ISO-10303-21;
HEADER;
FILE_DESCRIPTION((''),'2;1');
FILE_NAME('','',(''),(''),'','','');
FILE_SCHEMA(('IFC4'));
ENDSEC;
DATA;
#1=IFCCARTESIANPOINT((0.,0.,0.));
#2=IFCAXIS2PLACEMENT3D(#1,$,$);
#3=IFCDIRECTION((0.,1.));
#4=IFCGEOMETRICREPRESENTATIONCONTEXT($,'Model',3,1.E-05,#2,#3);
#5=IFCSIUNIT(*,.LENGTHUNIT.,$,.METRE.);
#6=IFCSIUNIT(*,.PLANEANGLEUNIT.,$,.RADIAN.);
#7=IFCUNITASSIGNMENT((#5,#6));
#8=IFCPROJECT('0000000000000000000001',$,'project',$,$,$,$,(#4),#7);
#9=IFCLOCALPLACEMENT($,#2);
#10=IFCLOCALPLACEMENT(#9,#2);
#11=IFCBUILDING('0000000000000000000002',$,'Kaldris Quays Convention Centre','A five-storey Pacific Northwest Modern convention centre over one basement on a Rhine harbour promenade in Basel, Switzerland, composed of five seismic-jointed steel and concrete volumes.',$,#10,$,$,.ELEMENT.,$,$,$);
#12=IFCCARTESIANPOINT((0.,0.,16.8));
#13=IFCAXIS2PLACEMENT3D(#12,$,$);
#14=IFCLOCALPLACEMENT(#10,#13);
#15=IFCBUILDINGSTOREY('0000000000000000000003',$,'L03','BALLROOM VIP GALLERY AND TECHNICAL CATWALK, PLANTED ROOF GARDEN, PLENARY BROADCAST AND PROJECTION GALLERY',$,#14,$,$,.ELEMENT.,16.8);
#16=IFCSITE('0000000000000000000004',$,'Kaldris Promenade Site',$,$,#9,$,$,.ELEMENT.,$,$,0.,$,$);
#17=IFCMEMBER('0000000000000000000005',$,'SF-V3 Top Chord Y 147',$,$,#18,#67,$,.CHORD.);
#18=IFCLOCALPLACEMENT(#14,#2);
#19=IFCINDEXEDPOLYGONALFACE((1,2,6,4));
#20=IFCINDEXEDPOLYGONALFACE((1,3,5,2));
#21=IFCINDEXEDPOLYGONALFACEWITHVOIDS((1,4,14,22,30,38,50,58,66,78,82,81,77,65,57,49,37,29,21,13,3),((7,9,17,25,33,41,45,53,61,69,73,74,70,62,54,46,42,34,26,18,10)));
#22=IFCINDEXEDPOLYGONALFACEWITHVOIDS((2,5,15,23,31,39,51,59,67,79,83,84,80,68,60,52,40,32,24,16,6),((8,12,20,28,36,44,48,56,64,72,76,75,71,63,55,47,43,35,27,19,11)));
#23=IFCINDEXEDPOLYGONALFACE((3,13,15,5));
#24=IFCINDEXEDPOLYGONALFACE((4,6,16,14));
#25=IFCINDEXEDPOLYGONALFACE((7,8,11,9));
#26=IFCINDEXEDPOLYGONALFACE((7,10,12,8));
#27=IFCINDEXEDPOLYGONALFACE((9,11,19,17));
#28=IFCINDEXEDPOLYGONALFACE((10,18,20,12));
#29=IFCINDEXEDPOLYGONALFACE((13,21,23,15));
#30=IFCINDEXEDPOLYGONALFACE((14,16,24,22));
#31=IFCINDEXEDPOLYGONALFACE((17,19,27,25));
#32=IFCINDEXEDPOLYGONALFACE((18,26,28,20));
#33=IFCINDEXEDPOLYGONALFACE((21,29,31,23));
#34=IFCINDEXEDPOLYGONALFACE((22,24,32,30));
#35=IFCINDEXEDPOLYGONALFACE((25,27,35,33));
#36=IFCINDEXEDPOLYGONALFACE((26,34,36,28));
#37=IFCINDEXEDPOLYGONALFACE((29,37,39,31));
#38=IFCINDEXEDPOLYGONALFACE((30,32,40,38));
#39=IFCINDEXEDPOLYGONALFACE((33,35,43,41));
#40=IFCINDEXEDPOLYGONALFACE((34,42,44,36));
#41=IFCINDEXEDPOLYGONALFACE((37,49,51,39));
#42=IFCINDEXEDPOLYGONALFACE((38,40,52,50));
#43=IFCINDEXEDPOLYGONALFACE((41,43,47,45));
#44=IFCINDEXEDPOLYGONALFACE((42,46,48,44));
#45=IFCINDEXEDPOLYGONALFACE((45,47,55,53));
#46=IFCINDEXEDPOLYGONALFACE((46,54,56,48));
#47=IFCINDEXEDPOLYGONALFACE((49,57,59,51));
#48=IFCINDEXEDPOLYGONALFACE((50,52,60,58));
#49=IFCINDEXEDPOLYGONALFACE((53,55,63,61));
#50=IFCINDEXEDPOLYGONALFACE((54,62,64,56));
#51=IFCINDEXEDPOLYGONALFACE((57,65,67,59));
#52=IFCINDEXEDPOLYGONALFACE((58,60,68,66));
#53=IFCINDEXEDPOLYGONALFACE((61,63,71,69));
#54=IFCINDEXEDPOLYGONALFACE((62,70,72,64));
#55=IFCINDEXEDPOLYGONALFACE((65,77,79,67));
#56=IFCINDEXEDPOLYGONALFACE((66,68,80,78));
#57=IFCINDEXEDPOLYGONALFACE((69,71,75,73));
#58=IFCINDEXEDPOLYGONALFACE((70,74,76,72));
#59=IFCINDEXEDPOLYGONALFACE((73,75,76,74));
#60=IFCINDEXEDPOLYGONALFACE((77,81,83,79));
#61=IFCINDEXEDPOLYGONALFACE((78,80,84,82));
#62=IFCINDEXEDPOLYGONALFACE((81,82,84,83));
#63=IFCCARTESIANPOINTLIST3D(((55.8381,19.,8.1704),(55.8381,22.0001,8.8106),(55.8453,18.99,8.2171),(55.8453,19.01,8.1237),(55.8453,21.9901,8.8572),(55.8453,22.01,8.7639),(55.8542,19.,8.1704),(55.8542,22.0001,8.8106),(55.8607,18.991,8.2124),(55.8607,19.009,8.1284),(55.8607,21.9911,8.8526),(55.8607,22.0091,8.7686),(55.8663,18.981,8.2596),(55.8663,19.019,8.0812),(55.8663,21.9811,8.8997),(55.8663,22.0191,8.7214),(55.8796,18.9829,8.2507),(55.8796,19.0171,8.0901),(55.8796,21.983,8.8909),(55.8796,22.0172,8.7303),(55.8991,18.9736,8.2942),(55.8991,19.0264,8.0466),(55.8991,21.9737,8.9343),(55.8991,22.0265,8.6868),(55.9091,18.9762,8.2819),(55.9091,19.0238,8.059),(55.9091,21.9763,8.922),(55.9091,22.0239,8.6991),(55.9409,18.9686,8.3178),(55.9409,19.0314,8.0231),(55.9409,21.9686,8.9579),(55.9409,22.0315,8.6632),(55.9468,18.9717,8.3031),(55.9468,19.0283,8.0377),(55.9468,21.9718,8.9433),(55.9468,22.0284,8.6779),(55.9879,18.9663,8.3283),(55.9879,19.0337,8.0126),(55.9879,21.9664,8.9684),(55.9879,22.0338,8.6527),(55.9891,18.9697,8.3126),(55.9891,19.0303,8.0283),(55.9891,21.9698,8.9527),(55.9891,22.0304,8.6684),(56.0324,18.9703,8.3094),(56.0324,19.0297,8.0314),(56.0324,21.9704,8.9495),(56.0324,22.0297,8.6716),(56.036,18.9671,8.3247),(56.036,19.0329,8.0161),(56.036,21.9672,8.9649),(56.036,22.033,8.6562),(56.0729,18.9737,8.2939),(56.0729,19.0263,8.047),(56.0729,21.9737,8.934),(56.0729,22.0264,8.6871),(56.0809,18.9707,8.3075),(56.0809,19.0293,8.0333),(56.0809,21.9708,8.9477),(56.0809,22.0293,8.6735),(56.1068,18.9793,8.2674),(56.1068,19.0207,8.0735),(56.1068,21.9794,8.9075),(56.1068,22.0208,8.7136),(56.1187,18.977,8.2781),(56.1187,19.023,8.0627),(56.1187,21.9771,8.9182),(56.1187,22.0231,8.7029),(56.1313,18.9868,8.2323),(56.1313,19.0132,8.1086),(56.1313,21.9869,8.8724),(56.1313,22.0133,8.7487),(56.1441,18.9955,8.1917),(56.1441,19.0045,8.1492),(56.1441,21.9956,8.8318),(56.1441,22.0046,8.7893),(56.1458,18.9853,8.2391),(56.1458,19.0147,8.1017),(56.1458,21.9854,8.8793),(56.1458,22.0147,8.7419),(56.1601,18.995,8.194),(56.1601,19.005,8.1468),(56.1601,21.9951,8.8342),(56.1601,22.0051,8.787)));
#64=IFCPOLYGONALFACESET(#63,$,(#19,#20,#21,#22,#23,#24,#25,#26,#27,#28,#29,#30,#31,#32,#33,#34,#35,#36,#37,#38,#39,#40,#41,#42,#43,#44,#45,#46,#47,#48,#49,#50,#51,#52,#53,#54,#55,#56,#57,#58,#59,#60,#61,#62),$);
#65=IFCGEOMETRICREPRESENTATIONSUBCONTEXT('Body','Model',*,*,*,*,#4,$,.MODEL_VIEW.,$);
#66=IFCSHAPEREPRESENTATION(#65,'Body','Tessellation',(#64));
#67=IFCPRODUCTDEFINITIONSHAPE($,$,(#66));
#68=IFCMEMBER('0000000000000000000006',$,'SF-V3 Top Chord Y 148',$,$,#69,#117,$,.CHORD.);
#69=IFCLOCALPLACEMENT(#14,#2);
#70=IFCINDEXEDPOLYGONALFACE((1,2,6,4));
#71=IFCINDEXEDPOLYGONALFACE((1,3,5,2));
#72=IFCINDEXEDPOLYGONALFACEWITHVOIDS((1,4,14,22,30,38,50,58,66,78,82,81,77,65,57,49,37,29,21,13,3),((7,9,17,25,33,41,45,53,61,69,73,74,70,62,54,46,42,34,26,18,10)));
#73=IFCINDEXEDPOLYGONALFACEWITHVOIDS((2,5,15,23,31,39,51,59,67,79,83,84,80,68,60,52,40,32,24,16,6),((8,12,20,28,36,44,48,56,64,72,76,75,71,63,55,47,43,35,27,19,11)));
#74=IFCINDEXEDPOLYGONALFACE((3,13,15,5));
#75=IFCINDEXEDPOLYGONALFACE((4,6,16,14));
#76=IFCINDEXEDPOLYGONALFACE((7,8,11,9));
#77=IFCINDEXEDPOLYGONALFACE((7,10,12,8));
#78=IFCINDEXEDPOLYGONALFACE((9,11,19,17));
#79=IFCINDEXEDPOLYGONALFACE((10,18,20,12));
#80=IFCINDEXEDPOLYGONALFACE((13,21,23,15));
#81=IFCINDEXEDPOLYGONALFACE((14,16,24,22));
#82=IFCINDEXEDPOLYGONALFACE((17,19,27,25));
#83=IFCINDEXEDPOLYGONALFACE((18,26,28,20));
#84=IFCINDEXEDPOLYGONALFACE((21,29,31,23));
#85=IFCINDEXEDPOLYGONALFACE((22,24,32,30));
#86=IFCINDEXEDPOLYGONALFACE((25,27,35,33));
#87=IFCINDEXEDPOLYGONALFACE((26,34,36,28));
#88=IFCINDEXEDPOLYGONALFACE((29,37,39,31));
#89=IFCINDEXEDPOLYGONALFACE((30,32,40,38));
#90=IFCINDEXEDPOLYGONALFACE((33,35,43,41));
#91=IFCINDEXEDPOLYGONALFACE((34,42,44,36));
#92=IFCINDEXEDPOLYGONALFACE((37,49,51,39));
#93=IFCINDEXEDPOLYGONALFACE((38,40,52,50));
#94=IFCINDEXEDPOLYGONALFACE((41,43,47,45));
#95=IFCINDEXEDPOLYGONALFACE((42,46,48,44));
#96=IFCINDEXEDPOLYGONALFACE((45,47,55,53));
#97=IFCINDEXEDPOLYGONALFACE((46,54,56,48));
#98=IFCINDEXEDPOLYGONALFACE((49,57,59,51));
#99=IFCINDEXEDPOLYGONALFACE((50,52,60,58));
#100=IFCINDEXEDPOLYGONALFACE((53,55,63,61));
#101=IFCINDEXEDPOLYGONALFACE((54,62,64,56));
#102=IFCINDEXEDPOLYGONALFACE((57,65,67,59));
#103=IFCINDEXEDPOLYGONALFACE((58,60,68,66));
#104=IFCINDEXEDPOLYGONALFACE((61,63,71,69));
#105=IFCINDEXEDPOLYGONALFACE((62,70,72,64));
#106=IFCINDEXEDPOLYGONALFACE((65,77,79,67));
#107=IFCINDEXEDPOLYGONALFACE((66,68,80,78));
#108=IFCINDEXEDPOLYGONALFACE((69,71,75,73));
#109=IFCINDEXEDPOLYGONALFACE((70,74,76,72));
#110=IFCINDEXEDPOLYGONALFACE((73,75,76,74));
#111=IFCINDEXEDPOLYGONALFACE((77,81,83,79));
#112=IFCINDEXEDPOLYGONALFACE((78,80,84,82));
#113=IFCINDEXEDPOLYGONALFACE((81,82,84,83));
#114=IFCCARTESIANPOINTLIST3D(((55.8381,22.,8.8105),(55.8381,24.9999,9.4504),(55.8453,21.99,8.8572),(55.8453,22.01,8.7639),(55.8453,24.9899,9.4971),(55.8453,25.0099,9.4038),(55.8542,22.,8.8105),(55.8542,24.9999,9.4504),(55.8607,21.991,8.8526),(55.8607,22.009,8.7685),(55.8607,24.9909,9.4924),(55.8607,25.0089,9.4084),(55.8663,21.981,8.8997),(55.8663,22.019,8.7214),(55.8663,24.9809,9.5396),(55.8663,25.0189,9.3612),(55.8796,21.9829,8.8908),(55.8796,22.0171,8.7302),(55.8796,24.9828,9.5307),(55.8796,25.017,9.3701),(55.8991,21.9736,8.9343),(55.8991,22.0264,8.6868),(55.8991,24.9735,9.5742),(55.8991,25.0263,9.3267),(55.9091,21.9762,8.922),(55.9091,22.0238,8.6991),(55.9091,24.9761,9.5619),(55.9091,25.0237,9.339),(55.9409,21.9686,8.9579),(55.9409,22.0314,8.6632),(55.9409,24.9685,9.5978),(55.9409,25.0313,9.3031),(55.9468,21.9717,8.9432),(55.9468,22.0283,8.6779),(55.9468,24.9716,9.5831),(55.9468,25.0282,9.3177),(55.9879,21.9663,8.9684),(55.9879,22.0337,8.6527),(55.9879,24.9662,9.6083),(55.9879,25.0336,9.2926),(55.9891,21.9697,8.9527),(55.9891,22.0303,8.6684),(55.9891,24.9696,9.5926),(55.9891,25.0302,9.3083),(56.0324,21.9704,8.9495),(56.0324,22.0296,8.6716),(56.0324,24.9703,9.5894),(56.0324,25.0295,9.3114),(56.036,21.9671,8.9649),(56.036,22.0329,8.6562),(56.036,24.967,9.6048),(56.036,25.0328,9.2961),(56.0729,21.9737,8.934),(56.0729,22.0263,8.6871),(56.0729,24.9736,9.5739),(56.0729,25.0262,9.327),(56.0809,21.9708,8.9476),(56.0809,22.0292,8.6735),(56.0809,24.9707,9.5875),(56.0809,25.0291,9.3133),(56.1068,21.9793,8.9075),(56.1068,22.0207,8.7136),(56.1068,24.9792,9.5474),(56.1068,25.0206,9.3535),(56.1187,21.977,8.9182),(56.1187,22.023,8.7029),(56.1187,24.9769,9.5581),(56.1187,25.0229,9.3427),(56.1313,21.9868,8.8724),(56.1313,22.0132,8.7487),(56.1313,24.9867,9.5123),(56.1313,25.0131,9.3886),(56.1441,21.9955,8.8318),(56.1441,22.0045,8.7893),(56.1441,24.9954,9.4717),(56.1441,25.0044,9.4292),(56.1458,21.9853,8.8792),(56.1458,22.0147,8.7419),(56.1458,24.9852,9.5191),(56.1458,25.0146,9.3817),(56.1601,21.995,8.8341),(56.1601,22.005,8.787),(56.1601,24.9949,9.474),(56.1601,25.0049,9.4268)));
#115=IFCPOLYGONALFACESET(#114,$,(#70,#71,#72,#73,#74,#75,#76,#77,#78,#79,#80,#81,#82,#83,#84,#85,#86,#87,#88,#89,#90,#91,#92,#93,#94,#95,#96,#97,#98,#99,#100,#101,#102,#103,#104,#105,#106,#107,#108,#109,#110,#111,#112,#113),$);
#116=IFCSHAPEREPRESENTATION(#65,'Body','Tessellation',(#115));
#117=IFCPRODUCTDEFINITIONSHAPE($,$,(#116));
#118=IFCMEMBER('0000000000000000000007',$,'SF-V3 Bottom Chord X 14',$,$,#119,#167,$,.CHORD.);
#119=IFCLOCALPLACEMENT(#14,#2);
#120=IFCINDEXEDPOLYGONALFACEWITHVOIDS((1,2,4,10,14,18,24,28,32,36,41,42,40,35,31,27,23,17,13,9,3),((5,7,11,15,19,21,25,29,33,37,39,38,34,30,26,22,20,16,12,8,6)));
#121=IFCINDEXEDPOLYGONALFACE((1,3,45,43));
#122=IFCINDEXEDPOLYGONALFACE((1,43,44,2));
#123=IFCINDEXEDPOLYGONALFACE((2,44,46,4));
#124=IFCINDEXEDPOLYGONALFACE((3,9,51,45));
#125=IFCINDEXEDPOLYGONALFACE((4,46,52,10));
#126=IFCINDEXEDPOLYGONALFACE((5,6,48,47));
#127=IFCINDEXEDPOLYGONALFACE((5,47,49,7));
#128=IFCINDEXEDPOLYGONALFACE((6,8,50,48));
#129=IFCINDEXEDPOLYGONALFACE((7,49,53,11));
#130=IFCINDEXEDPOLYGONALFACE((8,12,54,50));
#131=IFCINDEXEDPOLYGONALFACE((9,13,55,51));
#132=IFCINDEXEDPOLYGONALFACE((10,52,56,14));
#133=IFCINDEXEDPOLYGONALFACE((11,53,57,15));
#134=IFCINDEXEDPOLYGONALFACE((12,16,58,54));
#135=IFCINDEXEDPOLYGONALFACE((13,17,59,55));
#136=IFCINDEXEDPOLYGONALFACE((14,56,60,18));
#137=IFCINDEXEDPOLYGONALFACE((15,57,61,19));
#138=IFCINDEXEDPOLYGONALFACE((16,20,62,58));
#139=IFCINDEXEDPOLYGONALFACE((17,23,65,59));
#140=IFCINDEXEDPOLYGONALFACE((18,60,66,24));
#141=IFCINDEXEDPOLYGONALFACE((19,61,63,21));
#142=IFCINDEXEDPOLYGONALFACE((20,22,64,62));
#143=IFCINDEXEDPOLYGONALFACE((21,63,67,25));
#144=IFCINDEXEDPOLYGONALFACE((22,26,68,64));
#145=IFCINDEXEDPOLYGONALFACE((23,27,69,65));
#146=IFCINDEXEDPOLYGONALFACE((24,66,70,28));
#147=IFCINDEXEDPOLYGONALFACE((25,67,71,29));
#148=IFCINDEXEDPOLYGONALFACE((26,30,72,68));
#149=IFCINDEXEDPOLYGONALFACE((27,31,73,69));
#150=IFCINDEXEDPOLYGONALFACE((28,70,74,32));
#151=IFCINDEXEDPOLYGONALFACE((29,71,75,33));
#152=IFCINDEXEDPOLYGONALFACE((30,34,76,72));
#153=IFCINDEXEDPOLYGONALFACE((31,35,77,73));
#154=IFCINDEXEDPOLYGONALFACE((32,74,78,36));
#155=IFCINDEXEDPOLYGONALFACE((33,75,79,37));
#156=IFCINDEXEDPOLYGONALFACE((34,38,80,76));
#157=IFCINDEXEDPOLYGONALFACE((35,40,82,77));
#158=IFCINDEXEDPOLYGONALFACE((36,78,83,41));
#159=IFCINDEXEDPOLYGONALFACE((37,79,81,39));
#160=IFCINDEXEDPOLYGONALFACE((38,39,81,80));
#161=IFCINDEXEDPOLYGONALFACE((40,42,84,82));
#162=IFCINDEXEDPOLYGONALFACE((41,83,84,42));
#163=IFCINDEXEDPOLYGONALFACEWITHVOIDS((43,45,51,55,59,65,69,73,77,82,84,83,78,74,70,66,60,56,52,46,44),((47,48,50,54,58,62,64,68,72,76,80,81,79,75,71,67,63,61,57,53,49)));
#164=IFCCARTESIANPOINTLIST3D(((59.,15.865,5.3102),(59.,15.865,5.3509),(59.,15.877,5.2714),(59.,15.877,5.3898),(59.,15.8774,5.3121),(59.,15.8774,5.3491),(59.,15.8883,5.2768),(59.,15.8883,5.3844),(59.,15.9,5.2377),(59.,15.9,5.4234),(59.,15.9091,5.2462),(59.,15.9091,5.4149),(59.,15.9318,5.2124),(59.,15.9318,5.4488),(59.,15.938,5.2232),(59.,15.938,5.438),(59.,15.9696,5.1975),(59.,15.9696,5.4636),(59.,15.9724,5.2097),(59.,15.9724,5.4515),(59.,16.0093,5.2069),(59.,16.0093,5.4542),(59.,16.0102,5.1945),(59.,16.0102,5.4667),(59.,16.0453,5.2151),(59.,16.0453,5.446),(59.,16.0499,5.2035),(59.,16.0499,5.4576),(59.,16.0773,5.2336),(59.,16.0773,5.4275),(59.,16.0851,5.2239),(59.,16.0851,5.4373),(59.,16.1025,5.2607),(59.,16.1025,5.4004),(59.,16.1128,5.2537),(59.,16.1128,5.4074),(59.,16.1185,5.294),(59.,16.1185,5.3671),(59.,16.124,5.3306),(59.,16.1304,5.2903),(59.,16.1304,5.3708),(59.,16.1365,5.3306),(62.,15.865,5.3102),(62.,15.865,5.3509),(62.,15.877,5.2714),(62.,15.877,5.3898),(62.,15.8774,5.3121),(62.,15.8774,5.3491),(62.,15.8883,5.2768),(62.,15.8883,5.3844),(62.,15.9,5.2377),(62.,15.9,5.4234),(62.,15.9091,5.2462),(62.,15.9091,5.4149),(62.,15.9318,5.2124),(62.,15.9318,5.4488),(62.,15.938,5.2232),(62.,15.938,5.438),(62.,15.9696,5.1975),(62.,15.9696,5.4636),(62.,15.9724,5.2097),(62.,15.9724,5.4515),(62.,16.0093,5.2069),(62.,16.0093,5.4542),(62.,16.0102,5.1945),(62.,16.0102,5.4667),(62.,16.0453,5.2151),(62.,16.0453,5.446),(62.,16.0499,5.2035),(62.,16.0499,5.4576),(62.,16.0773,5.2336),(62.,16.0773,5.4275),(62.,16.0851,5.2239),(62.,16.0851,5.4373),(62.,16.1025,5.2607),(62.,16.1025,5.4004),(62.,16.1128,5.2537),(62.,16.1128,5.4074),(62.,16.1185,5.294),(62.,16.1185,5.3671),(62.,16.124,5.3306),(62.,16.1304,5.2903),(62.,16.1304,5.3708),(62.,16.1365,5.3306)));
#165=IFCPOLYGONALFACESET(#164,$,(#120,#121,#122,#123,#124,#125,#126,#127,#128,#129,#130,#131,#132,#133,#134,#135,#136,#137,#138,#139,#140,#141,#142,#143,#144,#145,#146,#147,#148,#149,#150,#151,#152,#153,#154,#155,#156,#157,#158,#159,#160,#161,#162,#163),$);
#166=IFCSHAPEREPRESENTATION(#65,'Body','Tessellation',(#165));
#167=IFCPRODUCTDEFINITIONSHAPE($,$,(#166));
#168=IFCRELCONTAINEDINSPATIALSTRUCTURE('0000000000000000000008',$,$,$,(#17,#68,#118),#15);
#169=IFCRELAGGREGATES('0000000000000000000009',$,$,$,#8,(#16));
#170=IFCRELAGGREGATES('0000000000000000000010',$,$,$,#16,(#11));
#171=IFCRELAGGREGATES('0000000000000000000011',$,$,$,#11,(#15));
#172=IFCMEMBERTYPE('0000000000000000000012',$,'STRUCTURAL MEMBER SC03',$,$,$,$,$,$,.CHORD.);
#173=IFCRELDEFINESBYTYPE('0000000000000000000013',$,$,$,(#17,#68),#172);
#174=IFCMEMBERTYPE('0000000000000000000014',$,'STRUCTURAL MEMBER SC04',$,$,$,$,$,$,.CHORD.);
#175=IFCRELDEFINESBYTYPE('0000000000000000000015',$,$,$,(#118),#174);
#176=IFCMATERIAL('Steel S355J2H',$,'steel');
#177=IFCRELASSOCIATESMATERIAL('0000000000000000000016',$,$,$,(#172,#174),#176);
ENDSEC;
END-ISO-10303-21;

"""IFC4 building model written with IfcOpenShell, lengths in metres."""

from ifc_helpers import new_model, si_unit, direction, frame, origin, origin_2d, place, context, subcontext, project, spatial, hollow_circle, extrude, material, material_profile, profile_set, type_object, element, save


model = new_model("IFC4")

# Units and contexts
model_context = context("Model", 3, precision=1e-05, world=origin(), true_north=direction((0.0, 1.0)))
body_context = subcontext(model_context, "Body", "Model", "MODEL_VIEW")
ifc_project = project(units=[si_unit("LENGTHUNIT", "METRE"), si_unit("PLANEANGLEUNIT", "RADIAN")], contexts=[model_context])

# Site, building, storey
site_placement = place(None, origin())
site = spatial("IfcSite", under=ifc_project, at=site_placement, Name="Kaldris Promenade Site", CompositionType="ELEMENT", RefElevation=0.0)
building_placement = place(site_placement, origin())
building = spatial("IfcBuilding", under=site, at=building_placement, Name="Kaldris Quays Convention Centre", Description="A five-storey Pacific Northwest Modern convention centre over one basement on a Rhine harbour promenade in Basel, Switzerland, composed of five seismic-jointed steel and concrete volumes.", CompositionType="ELEMENT")
storey_placement = place(building_placement, frame((0.0, 0.0, 16.8)))
storey = spatial("IfcBuildingStorey", under=building, at=storey_placement, Name="L03", Description="BALLROOM VIP GALLERY AND TECHNICAL CATWALK, PLANTED ROOF GARDEN, PLENARY BROADCAST AND PROJECTION GALLERY", CompositionType="ELEMENT", Elevation=16.8)

# Members
ifc_material_1 = material(Name="Steel S355J2H", Category="steel")
ifc_material_profile_1 = material_profile(ifc_material_1, hollow_circle(Radius=0.1619, WallThickness=0.0161, at=origin_2d()), Name="CHS 323.9x16")
ifc_profile_set_1 = profile_set([ifc_material_profile_1], Name="Steel S355J2H")
member_type_1 = type_object("IfcMemberType", Name="STRUCTURAL MEMBER SC03", PredefinedType="CHORD", material=ifc_profile_set_1)
member_1_placement = place(storey_placement, frame((56.0, 19.0, 8.1704), z_axis=(0.0, 0.977984, 0.208681), x_axis=(-1.0, 0.0, 0.0)))
element("IfcMember", 1, at=member_1_placement, inside=storey, type_object=member_type_1, Name="SF-V3 Top Chord Y 147", PredefinedType="CHORD", context=body_context, shape_type="SweptSolid", body=[
    extrude(hollow_circle(Radius=0.1619, WallThickness=0.0161, at=origin_2d()), origin(), (0.0, 0.0, 1.0), 3.0676),
])
member_2_placement = place(storey_placement, frame((56.0, 22.0, 8.8105), z_axis=(0.0, 0.978, 0.208605), x_axis=(-1.0, 0.0, 0.0)))
element("IfcMember", 2, at=member_2_placement, inside=storey, type_object=member_type_1, Name="SF-V3 Top Chord Y 148", PredefinedType="CHORD", context=body_context, shape_type="SweptSolid", body=[
    extrude(hollow_circle(Radius=0.1619, WallThickness=0.0161, at=origin_2d()), origin(), (0.0, 0.0, 1.0), 3.0674),
])
ifc_material_profile_2 = material_profile(ifc_material_1, hollow_circle(Radius=0.1365, WallThickness=0.0125, at=origin_2d()), Name="CHS 273x12.5")
ifc_profile_set_2 = profile_set([ifc_material_profile_2], Name="Steel S355J2H")
member_type_2 = type_object("IfcMemberType", Name="STRUCTURAL MEMBER SC04", PredefinedType="CHORD", material=ifc_profile_set_2)
for number, where, z_axis, x_axis, name in (
    (3, (59.0, 16.0, 5.3306), (1.0, 0.0, 0.0), (0.0, 1.0, 0.0), "SF-V3 Bottom Chord X 14"),
):
    element("IfcMember", number, at=place(storey_placement, frame(where, z_axis=z_axis, x_axis=x_axis)), inside=storey, type_object=member_type_2, Name=name, PredefinedType="CHORD", context=body_context, shape_type="SweptSolid", body=[
        extrude(hollow_circle(Radius=0.1365, WallThickness=0.0125, at=origin_2d()), origin(), (0.0, 0.0, 1.0), 3.0),
    ])

save(model, "model.ifc")
